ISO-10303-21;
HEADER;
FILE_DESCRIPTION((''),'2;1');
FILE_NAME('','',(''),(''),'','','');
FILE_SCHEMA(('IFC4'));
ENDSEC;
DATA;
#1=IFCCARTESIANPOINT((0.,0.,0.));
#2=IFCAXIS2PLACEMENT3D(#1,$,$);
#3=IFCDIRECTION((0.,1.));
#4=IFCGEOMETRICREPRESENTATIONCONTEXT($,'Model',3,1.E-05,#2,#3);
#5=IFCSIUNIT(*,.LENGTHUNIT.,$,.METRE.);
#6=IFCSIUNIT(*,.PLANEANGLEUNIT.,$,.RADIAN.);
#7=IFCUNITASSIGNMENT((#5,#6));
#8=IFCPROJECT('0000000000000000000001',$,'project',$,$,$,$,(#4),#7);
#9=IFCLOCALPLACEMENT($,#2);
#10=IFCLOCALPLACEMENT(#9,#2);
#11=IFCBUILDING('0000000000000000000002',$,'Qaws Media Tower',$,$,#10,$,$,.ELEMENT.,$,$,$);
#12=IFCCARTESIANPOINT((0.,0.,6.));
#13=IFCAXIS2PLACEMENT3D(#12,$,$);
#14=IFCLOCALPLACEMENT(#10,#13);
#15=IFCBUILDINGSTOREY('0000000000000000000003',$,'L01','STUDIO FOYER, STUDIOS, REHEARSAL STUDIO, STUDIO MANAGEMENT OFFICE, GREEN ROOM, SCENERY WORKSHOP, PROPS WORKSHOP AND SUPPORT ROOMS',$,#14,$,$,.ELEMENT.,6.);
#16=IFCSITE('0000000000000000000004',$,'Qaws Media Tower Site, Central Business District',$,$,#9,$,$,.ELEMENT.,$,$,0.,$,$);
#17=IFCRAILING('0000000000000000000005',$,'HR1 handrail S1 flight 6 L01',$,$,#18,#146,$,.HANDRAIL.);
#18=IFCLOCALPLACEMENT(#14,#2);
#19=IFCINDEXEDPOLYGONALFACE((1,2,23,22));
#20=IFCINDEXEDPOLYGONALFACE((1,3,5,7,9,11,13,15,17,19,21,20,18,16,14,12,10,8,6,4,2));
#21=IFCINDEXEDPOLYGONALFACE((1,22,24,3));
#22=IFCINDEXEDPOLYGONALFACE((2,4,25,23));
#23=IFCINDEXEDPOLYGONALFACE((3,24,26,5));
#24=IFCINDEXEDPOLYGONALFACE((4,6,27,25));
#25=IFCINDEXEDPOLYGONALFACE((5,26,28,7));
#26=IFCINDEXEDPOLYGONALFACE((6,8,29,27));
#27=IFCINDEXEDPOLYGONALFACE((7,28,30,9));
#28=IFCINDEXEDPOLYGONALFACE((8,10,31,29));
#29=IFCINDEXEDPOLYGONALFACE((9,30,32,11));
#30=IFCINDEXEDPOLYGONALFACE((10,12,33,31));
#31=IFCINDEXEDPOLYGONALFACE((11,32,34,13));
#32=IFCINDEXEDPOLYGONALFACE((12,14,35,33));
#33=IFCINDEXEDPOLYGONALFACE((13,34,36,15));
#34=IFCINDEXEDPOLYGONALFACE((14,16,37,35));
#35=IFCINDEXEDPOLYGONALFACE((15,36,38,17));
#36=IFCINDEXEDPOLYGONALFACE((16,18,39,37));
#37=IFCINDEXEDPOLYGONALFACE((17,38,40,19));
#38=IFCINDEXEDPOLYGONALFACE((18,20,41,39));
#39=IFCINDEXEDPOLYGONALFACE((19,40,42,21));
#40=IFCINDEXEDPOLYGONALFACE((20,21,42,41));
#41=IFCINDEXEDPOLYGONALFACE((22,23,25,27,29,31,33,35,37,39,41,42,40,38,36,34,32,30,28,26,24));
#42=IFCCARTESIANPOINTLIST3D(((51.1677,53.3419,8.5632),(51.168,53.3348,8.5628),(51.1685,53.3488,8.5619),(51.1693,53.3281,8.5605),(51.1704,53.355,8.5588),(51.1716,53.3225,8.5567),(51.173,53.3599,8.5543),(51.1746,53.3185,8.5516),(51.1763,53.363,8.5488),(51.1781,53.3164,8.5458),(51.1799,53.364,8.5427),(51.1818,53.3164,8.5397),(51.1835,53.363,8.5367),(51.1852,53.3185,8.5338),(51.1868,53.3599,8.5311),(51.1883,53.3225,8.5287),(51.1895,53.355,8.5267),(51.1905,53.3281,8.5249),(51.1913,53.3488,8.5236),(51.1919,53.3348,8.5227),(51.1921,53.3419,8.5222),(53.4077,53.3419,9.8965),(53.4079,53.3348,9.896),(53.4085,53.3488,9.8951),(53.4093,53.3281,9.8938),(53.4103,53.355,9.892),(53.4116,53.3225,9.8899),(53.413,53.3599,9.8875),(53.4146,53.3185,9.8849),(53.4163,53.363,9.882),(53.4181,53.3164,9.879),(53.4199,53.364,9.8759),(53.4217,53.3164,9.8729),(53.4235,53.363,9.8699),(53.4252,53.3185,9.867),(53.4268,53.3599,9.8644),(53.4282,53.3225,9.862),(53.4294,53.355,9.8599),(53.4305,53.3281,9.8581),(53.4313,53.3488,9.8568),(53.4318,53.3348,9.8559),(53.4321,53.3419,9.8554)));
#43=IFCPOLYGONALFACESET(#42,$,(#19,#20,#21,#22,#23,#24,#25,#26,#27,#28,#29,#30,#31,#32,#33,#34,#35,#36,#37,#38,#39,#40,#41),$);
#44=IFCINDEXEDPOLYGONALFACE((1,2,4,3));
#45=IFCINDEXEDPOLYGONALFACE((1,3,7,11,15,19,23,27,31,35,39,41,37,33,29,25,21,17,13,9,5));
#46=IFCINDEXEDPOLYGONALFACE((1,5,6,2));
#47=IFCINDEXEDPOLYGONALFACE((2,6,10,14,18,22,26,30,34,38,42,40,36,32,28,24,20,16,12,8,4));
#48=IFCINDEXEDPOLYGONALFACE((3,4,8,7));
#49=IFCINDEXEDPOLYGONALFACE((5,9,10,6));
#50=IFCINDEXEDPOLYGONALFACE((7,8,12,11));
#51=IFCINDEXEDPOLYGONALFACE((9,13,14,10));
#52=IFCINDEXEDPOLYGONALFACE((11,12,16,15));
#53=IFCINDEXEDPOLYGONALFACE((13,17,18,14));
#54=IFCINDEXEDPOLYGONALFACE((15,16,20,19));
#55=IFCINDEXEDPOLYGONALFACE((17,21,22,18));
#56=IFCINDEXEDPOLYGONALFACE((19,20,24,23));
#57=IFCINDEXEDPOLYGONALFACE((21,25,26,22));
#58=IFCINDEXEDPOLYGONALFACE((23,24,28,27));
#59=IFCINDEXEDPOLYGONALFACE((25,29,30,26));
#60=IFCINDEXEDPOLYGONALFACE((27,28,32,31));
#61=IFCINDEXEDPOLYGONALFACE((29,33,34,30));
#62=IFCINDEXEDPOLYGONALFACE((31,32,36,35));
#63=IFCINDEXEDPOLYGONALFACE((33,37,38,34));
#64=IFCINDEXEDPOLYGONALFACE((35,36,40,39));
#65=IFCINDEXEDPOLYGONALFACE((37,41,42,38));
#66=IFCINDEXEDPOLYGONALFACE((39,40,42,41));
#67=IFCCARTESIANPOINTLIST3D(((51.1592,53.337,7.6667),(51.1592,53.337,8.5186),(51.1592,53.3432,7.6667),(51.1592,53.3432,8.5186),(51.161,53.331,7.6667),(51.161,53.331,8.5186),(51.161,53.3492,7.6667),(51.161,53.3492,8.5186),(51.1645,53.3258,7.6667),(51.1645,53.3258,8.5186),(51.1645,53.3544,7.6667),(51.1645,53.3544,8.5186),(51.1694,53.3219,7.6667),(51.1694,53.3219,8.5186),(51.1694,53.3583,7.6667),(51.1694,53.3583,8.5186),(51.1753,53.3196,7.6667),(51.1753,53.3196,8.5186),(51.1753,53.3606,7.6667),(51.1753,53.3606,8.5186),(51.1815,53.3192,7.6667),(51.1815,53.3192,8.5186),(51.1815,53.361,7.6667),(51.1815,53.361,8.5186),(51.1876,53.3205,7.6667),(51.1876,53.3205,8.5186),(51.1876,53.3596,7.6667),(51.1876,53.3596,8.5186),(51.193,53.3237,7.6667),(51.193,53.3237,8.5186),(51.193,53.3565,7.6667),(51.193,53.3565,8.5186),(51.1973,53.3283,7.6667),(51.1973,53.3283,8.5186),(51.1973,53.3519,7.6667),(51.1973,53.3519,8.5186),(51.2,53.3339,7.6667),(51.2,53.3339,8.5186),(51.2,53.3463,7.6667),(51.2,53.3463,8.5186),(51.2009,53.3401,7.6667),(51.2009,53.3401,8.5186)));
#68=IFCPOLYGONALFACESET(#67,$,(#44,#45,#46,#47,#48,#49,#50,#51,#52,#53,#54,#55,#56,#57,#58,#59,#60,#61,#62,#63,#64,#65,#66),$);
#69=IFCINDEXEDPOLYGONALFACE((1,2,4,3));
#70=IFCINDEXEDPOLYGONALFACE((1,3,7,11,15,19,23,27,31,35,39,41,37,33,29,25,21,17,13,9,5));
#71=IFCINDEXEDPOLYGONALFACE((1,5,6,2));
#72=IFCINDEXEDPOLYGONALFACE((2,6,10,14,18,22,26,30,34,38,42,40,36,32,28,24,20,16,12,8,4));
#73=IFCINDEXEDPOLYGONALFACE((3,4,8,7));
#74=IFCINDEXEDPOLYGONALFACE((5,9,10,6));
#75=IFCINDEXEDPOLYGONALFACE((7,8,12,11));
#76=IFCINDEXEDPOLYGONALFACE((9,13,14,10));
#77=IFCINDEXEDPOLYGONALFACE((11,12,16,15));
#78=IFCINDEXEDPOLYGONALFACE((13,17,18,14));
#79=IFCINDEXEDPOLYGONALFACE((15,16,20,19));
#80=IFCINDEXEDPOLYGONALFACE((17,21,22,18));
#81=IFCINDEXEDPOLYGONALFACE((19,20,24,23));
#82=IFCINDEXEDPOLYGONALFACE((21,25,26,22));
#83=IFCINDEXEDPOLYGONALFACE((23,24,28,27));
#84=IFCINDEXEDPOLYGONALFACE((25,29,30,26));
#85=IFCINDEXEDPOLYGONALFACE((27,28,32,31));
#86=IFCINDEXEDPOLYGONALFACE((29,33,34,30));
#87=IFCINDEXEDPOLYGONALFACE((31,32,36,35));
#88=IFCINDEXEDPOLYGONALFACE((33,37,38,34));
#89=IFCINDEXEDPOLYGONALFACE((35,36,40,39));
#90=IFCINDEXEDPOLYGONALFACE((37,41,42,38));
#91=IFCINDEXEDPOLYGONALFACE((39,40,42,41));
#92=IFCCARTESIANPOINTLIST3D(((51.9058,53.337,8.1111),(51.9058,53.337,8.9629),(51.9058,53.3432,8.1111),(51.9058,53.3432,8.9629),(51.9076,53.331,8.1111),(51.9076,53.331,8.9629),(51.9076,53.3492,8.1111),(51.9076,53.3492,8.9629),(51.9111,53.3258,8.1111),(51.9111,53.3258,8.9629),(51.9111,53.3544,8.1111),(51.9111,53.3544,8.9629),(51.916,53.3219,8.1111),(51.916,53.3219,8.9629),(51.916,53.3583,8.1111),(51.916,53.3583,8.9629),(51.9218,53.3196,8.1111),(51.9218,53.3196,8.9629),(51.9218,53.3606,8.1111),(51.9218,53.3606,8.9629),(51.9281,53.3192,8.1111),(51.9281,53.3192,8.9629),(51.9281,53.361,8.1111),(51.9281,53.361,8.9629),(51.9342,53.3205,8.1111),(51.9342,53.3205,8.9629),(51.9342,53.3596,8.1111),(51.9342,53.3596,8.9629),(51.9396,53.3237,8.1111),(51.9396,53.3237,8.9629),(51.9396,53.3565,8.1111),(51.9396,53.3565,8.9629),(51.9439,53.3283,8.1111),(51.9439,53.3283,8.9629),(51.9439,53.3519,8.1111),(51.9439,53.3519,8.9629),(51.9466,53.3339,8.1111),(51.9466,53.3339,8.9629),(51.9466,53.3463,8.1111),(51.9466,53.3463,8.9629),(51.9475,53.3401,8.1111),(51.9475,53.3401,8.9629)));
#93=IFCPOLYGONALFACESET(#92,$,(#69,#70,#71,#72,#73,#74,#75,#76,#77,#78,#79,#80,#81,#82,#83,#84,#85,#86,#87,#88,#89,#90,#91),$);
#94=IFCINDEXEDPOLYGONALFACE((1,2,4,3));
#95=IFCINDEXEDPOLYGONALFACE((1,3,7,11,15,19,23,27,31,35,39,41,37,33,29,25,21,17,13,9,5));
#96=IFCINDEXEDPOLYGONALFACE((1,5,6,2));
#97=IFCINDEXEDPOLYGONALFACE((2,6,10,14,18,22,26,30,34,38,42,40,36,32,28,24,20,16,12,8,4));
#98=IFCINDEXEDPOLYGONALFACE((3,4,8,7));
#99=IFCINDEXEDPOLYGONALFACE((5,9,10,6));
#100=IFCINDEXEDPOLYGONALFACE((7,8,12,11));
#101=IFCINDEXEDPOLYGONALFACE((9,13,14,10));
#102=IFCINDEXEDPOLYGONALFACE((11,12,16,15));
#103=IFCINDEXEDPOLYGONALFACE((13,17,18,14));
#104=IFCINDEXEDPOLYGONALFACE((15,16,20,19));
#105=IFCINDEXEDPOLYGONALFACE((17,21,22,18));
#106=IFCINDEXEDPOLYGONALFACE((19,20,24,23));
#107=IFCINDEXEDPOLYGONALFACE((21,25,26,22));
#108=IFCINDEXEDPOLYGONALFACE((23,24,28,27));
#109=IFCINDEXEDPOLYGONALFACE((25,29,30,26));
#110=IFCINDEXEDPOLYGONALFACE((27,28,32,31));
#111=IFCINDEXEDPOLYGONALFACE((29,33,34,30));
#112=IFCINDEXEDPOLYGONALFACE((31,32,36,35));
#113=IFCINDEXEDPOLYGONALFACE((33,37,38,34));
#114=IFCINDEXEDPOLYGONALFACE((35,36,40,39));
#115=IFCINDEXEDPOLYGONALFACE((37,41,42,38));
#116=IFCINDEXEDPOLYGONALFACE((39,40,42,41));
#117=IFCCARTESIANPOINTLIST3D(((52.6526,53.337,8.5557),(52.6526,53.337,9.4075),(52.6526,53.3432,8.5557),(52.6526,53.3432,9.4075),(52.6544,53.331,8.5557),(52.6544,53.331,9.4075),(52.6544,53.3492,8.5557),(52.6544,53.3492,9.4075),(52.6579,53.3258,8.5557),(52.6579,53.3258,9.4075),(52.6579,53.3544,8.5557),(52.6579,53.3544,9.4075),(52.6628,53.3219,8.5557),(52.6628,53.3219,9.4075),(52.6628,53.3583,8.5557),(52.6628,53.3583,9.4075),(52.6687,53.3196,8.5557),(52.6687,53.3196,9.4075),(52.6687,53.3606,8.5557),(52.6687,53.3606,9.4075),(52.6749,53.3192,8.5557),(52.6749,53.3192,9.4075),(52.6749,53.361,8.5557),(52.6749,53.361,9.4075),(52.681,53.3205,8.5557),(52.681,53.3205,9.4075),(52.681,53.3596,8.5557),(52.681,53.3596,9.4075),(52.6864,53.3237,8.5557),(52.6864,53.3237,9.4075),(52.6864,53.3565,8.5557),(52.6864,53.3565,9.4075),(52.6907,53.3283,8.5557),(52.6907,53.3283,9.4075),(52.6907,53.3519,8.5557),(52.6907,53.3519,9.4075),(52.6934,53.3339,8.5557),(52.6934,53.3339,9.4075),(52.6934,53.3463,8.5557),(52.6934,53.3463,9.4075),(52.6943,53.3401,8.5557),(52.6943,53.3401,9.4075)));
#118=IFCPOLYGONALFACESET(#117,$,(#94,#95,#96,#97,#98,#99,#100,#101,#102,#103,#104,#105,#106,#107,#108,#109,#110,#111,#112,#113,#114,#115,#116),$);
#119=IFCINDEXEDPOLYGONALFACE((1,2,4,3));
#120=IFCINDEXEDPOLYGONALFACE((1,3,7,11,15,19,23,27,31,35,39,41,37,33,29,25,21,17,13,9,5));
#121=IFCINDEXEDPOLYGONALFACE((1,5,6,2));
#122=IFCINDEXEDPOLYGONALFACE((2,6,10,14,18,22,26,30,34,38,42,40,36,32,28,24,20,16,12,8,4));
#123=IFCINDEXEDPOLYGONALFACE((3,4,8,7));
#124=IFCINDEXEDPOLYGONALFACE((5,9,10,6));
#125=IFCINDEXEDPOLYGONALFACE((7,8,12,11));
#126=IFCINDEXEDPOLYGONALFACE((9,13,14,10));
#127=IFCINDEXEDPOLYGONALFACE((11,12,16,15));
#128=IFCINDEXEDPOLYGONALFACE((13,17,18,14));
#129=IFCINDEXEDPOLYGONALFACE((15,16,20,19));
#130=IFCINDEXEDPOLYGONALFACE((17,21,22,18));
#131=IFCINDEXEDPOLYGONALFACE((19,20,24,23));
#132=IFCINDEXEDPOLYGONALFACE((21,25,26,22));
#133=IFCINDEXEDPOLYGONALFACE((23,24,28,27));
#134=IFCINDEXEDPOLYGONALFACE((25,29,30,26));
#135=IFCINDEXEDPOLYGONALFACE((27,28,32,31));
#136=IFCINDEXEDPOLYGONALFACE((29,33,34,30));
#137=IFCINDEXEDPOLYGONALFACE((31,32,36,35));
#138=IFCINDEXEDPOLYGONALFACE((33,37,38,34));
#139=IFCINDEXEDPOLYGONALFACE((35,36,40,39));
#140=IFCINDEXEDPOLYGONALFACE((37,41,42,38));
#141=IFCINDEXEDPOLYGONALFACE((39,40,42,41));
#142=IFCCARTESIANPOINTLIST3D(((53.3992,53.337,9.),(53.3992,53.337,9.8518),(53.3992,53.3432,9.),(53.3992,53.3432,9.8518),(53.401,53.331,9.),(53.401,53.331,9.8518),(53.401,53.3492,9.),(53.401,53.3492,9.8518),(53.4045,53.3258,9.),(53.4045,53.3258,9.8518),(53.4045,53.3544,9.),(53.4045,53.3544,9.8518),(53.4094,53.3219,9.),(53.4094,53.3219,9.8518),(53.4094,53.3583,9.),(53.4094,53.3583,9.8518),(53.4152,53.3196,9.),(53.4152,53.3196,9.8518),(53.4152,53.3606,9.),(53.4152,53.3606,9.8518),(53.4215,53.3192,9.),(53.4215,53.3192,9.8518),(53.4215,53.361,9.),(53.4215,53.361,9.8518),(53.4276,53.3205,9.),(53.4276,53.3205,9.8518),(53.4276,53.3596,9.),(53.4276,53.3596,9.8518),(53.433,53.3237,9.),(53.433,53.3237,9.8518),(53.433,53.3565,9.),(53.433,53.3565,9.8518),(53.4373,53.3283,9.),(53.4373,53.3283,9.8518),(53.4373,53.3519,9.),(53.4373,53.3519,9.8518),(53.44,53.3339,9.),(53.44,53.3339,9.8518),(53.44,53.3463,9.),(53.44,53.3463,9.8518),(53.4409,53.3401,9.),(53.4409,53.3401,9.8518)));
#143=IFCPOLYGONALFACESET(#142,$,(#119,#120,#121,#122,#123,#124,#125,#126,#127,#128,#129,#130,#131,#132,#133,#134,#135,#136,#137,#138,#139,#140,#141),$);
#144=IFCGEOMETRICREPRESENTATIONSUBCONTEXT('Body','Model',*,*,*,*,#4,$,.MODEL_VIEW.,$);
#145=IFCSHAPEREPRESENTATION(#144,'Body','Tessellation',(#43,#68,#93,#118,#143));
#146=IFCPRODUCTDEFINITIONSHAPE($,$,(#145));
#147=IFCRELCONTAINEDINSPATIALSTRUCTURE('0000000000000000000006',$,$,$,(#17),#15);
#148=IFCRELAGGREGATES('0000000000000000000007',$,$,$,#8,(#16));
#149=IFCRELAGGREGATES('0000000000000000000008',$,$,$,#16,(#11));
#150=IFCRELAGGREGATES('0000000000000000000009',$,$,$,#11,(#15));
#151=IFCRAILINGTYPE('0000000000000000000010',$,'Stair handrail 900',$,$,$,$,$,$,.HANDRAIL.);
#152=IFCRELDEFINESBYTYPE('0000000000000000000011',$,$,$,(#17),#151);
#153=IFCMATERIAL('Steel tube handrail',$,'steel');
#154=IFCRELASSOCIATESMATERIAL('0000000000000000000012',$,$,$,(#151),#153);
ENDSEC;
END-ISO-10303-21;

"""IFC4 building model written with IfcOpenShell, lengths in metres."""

from ifc_helpers import new_model, si_unit, direction, frame, origin, origin_2d, place, context, subcontext, project, spatial, circle, extrude, material, type_object, element, save


model = new_model("IFC4")

# Units and contexts
model_context = context("Model", 3, precision=1e-05, world=origin(), true_north=direction((0.0, 1.0)))
body_context = subcontext(model_context, "Body", "Model", "MODEL_VIEW")
ifc_project = project(units=[si_unit("LENGTHUNIT", "METRE"), si_unit("PLANEANGLEUNIT", "RADIAN")], contexts=[model_context])

# Site, building, storey
site_placement = place(None, origin())
site = spatial("IfcSite", under=ifc_project, at=site_placement, Name="Qaws Media Tower Site, Central Business District", CompositionType="ELEMENT", RefElevation=0.0)
building_placement = place(site_placement, origin())
building = spatial("IfcBuilding", under=site, at=building_placement, Name="Qaws Media Tower", CompositionType="ELEMENT")
storey_placement = place(building_placement, frame((0.0, 0.0, 6.0)))
storey = spatial("IfcBuildingStorey", under=building, at=storey_placement, Name="L01", Description="STUDIO FOYER, STUDIOS, REHEARSAL STUDIO, STUDIO MANAGEMENT OFFICE, GREEN ROOM, SCENERY WORKSHOP, PROPS WORKSHOP AND SUPPORT ROOMS", CompositionType="ELEMENT", Elevation=6.0)

# Railing
ifc_material_1 = material(Name="Steel tube handrail", Category="steel")
railing_type = type_object("IfcRailingType", Name="Stair handrail 900", PredefinedType="HANDRAIL", material=ifc_material_1)
for number, where, name in (
    (1, (51.1799, 53.3401, 7.6667), "HR1 handrail S1 flight 6 L01"),
):
    element("IfcRailing", number, at=place(storey_placement, frame(where)), inside=storey, type_object=railing_type, Name=name, PredefinedType="HANDRAIL", context=body_context, shape_type="SweptSolid", body=[
        extrude(circle(Radius=0.0239, at=origin_2d()), frame((0.0, 0.0, 0.876), z_axis=(0.859306, 0.0, 0.511462), x_axis=(0.0, 1.0, 0.0)), (0.0, 0.0, 1.0), 2.6067),
        extrude(circle(Radius=0.021, at=origin_2d()), origin(), (0.0, 0.0, 1.0), 0.8518),
        extrude(circle(Radius=0.021, at=origin_2d()), frame((0.7466, 0.0, 0.4443)), (0.0, 0.0, 1.0), 0.8518),
        extrude(circle(Radius=0.021, at=origin_2d()), frame((1.4934, 0.0, 0.8889)), (0.0, 0.0, 1.0), 0.8518),
        extrude(circle(Radius=0.021, at=origin_2d()), frame((2.24, 0.0, 1.3333)), (0.0, 0.0, 1.0), 0.8518),
    ])

save(model, "model.ifc")
